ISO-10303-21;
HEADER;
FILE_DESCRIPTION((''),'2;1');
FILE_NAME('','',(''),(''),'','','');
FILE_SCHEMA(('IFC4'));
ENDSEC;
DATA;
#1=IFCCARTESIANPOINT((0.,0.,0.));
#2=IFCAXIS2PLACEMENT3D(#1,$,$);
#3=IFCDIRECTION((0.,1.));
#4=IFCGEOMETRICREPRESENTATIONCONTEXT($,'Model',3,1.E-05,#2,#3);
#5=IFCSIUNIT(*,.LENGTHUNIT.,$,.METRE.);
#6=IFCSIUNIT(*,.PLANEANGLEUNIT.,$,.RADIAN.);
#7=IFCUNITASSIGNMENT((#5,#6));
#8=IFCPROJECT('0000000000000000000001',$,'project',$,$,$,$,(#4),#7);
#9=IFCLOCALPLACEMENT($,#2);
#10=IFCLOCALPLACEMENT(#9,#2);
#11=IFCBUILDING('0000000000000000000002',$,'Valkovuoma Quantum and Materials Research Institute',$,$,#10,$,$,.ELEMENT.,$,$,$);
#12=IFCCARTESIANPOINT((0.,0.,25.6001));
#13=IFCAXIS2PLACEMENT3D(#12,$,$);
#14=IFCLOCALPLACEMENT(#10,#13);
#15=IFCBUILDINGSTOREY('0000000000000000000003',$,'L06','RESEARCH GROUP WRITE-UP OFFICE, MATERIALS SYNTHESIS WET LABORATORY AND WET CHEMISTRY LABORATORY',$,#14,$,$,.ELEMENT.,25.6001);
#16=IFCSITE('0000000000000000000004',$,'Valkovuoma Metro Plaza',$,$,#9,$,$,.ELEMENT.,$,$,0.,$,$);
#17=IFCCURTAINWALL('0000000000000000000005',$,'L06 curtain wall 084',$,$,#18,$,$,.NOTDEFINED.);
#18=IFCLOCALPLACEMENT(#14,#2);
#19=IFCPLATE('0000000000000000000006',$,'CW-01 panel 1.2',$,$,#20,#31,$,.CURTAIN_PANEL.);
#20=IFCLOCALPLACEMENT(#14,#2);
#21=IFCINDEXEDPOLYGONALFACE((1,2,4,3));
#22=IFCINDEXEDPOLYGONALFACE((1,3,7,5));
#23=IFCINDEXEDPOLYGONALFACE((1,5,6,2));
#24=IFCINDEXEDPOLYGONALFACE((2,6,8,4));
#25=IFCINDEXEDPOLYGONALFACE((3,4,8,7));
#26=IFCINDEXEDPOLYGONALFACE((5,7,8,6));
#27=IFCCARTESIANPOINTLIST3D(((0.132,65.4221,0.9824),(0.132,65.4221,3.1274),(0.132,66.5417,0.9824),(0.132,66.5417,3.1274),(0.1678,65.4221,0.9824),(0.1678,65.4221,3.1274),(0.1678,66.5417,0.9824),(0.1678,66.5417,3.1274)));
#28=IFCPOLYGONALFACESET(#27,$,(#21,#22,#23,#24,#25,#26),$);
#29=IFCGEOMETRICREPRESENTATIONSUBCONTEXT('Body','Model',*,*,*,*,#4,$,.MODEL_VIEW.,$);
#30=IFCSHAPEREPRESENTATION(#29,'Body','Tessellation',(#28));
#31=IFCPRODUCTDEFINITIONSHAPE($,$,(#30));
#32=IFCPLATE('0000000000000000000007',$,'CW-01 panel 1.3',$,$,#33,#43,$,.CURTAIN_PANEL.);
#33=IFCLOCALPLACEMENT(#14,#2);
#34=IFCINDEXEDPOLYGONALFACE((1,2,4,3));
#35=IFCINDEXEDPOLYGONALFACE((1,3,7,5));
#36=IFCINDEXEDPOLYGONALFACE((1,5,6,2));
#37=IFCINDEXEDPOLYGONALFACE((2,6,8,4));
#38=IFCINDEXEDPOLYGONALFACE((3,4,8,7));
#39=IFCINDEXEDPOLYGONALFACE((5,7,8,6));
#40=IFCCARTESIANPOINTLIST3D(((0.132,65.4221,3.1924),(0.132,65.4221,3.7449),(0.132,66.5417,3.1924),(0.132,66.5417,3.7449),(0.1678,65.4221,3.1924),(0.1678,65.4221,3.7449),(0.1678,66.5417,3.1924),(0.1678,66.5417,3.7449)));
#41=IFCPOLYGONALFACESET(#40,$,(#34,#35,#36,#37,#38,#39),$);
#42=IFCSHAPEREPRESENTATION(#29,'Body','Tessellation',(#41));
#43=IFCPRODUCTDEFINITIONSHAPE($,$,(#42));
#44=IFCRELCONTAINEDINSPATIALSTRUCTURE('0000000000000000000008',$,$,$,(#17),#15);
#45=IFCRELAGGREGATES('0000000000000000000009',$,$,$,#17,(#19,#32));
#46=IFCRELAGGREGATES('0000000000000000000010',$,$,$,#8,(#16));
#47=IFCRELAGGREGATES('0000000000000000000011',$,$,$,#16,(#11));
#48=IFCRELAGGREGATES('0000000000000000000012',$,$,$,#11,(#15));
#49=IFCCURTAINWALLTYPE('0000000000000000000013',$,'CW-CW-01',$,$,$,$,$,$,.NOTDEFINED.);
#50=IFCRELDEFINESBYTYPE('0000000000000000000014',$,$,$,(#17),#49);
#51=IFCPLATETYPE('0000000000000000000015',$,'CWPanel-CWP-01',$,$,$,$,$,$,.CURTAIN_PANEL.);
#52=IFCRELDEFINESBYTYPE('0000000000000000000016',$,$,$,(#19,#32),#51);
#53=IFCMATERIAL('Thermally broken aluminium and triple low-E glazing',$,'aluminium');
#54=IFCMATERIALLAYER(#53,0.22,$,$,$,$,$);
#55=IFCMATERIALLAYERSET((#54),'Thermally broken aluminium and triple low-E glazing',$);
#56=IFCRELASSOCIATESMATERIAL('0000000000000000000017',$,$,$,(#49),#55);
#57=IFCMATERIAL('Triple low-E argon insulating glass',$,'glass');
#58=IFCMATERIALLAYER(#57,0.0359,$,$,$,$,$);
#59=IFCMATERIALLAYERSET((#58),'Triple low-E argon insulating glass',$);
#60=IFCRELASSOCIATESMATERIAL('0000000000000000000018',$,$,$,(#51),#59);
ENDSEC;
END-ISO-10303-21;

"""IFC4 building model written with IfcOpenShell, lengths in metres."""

from ifc_helpers import new_model, si_unit, direction, frame, origin, origin_2d, place, context, subcontext, project, spatial, rectangle, extrude, material, layer, layer_set, type_object, element, aggregate, save


model = new_model("IFC4")

# Units and contexts
model_context = context("Model", 3, precision=1e-05, world=origin(), true_north=direction((0.0, 1.0)))
body_context = subcontext(model_context, "Body", "Model", "MODEL_VIEW")
ifc_project = project(units=[si_unit("LENGTHUNIT", "METRE"), si_unit("PLANEANGLEUNIT", "RADIAN")], contexts=[model_context])

# Site, building, storey
site_placement = place(None, origin())
site = spatial("IfcSite", under=ifc_project, at=site_placement, Name="Valkovuoma Metro Plaza", CompositionType="ELEMENT", RefElevation=0.0)
building_placement = place(site_placement, origin())
building = spatial("IfcBuilding", under=site, at=building_placement, Name="Valkovuoma Quantum and Materials Research Institute", CompositionType="ELEMENT")
storey_placement = place(building_placement, frame((0.0, 0.0, 25.6001)))
storey = spatial("IfcBuildingStorey", under=building, at=storey_placement, Name="L06", Description="RESEARCH GROUP WRITE-UP OFFICE, MATERIALS SYNTHESIS WET LABORATORY AND WET CHEMISTRY LABORATORY", CompositionType="ELEMENT", Elevation=25.6001)

# Shared definitions
ifc_material_1 = material(Name="Thermally broken aluminium and triple low-E glazing", Category="aluminium")
ifc_layer_1 = layer(ifc_material_1, 0.22)
ifc_layer_set_1 = layer_set([ifc_layer_1], Name="Thermally broken aluminium and triple low-E glazing")
curtain_wall_type = type_object("IfcCurtainWallType", Name="CW-CW-01", PredefinedType="NOTDEFINED", material=ifc_layer_set_1)

# Curtain wall
curtain_wall_1_placement = place(storey_placement, origin())
curtain_wall_1 = element("IfcCurtainWall", 1, at=curtain_wall_1_placement, inside=storey, type_object=curtain_wall_type, Name="L06 curtain wall 084", PredefinedType="NOTDEFINED")

# Plates
ifc_material_2 = material(Name="Triple low-E argon insulating glass", Category="glass")
ifc_layer_2 = layer(ifc_material_2, 0.0359)
ifc_layer_set_2 = layer_set([ifc_layer_2], Name="Triple low-E argon insulating glass")
plate_type = type_object("IfcPlateType", Name="CWPanel-CWP-01", PredefinedType="CURTAIN_PANEL", material=ifc_layer_set_2)
plate_1_placement = place(storey_placement, frame((0.1499, 65.9819, 0.9824), z_axis=(0.0, 0.0, 1.0), x_axis=(0.0, 1.0, 0.0)))
plate_1 = element("IfcPlate", 2, at=plate_1_placement, type_object=plate_type, Name="CW-01 panel 1.2", PredefinedType="CURTAIN_PANEL", context=body_context, shape_type="SweptSolid", body=[
    extrude(rectangle(XDim=1.1196, YDim=0.0359, at=origin_2d()), origin(), (0.0, 0.0, 1.0), 2.145),
])
plate_2_placement = place(storey_placement, frame((0.1499, 65.9819, 3.1924), z_axis=(0.0, 0.0, 1.0), x_axis=(0.0, 1.0, 0.0)))
plate_2 = element("IfcPlate", 3, at=plate_2_placement, type_object=plate_type, Name="CW-01 panel 1.3", PredefinedType="CURTAIN_PANEL", context=body_context, shape_type="SweptSolid", body=[
    extrude(rectangle(XDim=1.1196, YDim=0.0359, at=origin_2d()), origin(), (0.0, 0.0, 1.0), 0.5525),
])
aggregate(curtain_wall_1, [plate_1, plate_2])

save(model, "model.ifc")
